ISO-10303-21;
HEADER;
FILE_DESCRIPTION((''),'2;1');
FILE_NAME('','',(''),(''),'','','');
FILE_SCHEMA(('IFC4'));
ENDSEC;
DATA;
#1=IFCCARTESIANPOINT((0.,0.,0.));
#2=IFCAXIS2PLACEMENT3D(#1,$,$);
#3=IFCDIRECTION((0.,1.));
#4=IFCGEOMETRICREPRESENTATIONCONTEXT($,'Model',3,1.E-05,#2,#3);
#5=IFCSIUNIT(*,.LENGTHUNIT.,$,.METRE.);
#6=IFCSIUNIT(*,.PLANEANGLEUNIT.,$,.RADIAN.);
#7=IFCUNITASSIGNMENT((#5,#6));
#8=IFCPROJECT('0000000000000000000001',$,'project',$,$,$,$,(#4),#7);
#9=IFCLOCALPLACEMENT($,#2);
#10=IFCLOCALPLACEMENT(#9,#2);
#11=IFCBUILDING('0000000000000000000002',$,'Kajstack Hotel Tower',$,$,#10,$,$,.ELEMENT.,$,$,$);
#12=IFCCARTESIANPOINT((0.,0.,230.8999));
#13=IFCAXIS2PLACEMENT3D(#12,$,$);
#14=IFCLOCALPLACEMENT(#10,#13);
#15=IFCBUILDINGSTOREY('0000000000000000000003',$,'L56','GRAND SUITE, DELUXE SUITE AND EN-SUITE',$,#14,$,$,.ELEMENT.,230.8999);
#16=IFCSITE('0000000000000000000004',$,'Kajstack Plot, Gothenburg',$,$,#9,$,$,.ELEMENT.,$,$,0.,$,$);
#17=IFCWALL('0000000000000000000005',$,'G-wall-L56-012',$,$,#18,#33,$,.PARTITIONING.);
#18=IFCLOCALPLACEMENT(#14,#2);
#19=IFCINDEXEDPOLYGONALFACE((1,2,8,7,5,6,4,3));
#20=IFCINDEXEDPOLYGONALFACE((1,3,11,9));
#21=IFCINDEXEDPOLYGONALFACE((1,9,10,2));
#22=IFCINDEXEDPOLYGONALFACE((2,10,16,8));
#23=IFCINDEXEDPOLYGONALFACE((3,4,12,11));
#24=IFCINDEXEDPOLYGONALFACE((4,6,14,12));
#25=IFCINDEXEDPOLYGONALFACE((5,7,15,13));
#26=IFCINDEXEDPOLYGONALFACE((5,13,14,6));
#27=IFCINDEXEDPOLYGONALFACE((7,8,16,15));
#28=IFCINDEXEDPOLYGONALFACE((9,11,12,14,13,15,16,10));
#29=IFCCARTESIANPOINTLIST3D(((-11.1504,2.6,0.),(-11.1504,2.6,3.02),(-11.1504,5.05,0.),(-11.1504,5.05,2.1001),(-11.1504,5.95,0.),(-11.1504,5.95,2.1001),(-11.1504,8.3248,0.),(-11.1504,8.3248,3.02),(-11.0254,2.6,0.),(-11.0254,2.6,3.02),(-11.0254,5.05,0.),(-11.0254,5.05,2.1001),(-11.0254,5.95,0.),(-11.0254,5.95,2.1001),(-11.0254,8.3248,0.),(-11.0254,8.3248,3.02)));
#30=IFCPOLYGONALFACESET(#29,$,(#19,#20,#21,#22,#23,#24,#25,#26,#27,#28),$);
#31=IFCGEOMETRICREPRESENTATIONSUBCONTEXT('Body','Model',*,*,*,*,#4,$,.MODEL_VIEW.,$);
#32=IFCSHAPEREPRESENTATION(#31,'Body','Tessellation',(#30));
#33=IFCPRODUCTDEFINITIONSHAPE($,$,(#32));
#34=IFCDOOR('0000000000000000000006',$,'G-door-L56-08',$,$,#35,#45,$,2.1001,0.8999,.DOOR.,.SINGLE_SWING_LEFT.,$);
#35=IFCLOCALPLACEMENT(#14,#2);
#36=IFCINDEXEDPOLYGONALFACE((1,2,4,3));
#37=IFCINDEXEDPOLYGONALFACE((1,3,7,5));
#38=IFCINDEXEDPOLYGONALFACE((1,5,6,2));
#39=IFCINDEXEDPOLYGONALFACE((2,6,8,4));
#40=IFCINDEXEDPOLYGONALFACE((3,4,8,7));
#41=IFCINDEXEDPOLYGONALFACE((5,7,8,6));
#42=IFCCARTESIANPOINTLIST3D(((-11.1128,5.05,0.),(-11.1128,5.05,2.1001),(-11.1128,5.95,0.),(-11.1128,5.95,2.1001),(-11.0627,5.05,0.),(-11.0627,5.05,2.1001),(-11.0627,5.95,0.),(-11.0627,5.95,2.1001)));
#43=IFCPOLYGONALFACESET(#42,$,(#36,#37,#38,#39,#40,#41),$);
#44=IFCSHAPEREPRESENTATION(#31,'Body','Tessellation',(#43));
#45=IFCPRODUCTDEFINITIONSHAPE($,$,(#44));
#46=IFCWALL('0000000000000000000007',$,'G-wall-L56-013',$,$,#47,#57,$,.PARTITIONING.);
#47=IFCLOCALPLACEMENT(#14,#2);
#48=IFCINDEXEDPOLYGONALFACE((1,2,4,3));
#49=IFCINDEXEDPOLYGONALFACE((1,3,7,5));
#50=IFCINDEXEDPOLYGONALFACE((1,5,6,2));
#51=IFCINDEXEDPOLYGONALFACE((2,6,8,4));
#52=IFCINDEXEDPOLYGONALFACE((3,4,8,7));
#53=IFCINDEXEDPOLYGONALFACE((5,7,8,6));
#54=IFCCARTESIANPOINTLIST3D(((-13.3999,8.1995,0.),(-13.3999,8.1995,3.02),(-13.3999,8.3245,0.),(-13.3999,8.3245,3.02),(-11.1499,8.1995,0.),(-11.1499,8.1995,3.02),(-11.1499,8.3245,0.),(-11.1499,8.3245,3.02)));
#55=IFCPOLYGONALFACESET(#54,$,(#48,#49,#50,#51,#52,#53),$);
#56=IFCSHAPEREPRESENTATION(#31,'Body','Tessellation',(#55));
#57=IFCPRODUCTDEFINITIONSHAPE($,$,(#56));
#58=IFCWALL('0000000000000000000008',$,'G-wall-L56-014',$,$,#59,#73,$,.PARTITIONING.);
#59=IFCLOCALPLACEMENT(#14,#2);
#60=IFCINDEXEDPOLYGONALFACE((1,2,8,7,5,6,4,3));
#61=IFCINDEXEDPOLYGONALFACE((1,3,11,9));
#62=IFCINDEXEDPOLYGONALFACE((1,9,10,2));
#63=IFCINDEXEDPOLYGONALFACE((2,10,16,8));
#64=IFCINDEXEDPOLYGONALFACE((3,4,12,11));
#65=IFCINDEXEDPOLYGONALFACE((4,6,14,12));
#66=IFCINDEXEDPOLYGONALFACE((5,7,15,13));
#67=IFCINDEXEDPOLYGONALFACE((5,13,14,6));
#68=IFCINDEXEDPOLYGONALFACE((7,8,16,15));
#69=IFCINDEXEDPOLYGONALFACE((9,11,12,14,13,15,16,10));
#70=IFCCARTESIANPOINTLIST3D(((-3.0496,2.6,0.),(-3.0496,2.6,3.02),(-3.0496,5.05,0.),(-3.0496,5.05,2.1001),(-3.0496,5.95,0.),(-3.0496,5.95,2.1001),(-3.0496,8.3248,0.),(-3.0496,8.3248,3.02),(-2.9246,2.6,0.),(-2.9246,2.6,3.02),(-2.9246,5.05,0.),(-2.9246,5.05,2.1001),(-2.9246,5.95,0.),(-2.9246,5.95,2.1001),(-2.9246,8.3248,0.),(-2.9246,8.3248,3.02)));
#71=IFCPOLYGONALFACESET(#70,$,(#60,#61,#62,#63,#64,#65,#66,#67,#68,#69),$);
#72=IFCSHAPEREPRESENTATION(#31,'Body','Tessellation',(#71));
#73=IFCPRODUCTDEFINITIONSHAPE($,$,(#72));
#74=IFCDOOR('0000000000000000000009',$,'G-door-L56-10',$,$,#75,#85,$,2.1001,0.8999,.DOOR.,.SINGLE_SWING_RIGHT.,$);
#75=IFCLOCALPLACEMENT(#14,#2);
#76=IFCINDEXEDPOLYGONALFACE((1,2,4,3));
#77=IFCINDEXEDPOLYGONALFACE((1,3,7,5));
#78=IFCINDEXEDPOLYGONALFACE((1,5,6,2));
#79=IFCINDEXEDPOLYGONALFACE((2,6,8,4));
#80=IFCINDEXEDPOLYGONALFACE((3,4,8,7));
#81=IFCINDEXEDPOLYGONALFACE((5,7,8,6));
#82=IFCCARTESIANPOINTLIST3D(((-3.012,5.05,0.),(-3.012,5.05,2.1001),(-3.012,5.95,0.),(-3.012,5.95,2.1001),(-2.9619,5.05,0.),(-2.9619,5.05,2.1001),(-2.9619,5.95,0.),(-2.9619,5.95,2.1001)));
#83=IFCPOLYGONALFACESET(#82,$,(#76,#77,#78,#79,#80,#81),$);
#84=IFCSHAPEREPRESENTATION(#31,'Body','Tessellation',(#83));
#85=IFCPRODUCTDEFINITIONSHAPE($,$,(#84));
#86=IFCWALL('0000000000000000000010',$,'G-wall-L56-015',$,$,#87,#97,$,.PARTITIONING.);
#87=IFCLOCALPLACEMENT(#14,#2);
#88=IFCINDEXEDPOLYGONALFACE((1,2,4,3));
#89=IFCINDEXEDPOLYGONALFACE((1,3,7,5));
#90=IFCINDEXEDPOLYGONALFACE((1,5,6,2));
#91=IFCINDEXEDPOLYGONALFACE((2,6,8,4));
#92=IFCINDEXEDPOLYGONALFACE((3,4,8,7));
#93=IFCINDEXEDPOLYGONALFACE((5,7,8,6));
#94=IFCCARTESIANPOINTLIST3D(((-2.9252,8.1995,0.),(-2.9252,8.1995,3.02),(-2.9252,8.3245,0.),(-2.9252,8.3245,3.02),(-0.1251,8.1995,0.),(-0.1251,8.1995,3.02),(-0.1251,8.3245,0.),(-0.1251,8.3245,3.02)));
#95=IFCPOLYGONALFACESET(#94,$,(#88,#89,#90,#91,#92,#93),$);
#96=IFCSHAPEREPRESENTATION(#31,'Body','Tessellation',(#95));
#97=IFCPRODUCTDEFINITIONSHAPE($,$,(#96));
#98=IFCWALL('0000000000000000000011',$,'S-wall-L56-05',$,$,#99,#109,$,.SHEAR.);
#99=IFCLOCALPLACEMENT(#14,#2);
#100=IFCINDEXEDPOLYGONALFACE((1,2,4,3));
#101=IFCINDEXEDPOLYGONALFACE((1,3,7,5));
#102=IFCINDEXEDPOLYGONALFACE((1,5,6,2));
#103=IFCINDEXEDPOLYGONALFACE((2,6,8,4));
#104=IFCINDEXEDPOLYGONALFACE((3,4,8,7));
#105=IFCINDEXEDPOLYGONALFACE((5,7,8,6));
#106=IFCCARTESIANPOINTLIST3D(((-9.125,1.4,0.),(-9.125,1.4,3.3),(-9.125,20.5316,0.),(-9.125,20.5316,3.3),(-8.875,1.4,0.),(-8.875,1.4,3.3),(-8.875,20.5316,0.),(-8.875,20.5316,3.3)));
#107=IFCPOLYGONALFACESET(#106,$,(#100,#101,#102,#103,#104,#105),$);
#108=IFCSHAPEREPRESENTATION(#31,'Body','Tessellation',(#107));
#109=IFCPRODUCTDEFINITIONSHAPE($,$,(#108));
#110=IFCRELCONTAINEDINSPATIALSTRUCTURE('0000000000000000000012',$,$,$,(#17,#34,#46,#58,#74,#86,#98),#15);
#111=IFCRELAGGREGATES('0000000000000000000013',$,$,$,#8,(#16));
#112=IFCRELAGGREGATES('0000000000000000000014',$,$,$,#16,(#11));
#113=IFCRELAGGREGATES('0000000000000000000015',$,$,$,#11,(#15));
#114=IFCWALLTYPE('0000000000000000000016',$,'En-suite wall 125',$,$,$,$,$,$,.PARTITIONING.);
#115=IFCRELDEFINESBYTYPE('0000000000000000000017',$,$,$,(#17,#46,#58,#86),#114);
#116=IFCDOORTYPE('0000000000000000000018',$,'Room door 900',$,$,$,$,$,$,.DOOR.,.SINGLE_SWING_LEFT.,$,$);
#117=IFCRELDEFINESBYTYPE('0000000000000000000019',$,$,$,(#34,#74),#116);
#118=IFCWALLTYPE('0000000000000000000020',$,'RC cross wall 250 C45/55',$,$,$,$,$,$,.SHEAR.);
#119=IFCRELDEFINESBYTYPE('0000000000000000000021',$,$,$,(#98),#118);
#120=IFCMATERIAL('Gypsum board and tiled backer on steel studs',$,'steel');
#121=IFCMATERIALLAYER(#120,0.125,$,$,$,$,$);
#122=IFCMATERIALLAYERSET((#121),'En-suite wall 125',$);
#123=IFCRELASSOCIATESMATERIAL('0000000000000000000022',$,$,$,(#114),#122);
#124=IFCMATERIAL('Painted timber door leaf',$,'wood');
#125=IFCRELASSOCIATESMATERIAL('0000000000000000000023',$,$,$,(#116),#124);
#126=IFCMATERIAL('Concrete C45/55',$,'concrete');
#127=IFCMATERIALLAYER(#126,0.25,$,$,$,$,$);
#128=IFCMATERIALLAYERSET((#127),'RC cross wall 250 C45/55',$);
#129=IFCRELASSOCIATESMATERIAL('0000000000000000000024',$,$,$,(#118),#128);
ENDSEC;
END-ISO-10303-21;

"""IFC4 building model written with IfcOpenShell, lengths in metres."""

from ifc_helpers import new_model, si_unit, direction, frame, frame_2d, origin, place, context, subcontext, project, spatial, rectangle, extrude, material, layer, layer_set, type_object, element, fill, save


model = new_model("IFC4")

# Units and contexts
model_context = context("Model", 3, precision=1e-05, world=origin(), true_north=direction((0.0, 1.0)))
body_context = subcontext(model_context, "Body", "Model", "MODEL_VIEW")
ifc_project = project(units=[si_unit("LENGTHUNIT", "METRE"), si_unit("PLANEANGLEUNIT", "RADIAN")], contexts=[model_context])

# Site, building, storey
site_placement = place(None, origin())
site = spatial("IfcSite", under=ifc_project, at=site_placement, Name="Kajstack Plot, Gothenburg", CompositionType="ELEMENT", RefElevation=0.0)
building_placement = place(site_placement, origin())
building = spatial("IfcBuilding", under=site, at=building_placement, Name="Kajstack Hotel Tower", CompositionType="ELEMENT")
storey_placement = place(building_placement, frame((0.0, 0.0, 230.8999)))
storey = spatial("IfcBuildingStorey", under=building, at=storey_placement, Name="L56", Description="GRAND SUITE, DELUXE SUITE AND EN-SUITE", CompositionType="ELEMENT", Elevation=230.8999)

# Shared definitions
ifc_material_1 = material(Name="Gypsum board and tiled backer on steel studs", Category="steel")
ifc_layer_1 = layer(ifc_material_1, 0.125)
ifc_layer_set_1 = layer_set([ifc_layer_1], Name="En-suite wall 125")
wall_type_1 = type_object("IfcWallType", Name="En-suite wall 125", PredefinedType="PARTITIONING", material=ifc_layer_set_1)
ifc_material_2 = material(Name="Painted timber door leaf", Category="wood")
door_type_1 = type_object("IfcDoorType", Name="Room door 900", OperationType="SINGLE_SWING_LEFT", PredefinedType="DOOR", material=ifc_material_2)

# Wall, opening, door
wall_1_placement = place(storey_placement, frame((-11.0879, 2.6001, 0.0), z_axis=(0.0, 0.0, 1.0), x_axis=(0.0, 1.0, 0.0)))
wall_1 = element("IfcWall", 1, at=wall_1_placement, inside=storey, type_object=wall_type_1, Name="G-wall-L56-012", PredefinedType="PARTITIONING", context=body_context, shape_type="SweptSolid", body=[
    extrude(rectangle(XDim=5.7249, YDim=0.125, at=frame_2d((2.8623, 0.0))), origin(), (0.0, 0.0, 1.0), 3.02),
])
opening_1_placement = place(wall_1_placement, frame((2.45, 0.0, 0.0)))
opening_1 = element("IfcOpeningElement", 2, at=opening_1_placement, cuts=wall_1, PredefinedType="OPENING", context=body_context, shape_type="SweptSolid", body=[
    extrude(rectangle(XDim=0.8999, YDim=2.1001, at=frame_2d((0.45, 1.05))), frame((0.0, 0.0725, 0.0), z_axis=(0.0, -1.0, 0.0), x_axis=(1.0, 0.0, 0.0)), (0.0, 0.0, 1.0), 0.145),
])
door_1_placement = place(opening_1_placement, origin())
door_1 = element("IfcDoor", 3, at=door_1_placement, inside=storey, type_object=door_type_1, Name="G-door-L56-08", OperationType="SINGLE_SWING_LEFT", OverallHeight=2.1001, OverallWidth=0.8999, PredefinedType="DOOR", context=body_context, shape_type="SweptSolid", body=[
    extrude(rectangle(XDim=0.8999, YDim=2.1001, at=frame_2d((0.45, 1.05))), frame((0.0, 0.0249, 0.0), z_axis=(0.0, -1.0, 0.0), x_axis=(1.0, 0.0, 0.0)), (0.0, 0.0, 1.0), 0.05),
])
fill(opening_1, door_1)

# Wall
wall_2_placement = place(storey_placement, frame((-13.3999, 8.262, 0.0), z_axis=(0.0, 0.0, 1.0), x_axis=(1.0, 0.0, 0.0)))
element("IfcWall", 4, at=wall_2_placement, inside=storey, type_object=wall_type_1, Name="G-wall-L56-013", PredefinedType="PARTITIONING", context=body_context, shape_type="SweptSolid", body=[
    extrude(rectangle(XDim=2.25, YDim=0.125, at=frame_2d((1.125, 0.0))), origin(), (0.0, 0.0, 1.0), 3.02),
])

# Wall, opening, door
wall_3_placement = place(storey_placement, frame((-2.9871, 2.6001, 0.0), z_axis=(0.0, 0.0, 1.0), x_axis=(0.0, 1.0, 0.0)))
wall_3 = element("IfcWall", 5, at=wall_3_placement, inside=storey, type_object=wall_type_1, Name="G-wall-L56-014", PredefinedType="PARTITIONING", context=body_context, shape_type="SweptSolid", body=[
    extrude(rectangle(XDim=5.7249, YDim=0.125, at=frame_2d((2.8623, 0.0))), origin(), (0.0, 0.0, 1.0), 3.02),
])
opening_2_placement = place(wall_3_placement, frame((2.45, 0.0, 0.0)))
opening_2 = element("IfcOpeningElement", 6, at=opening_2_placement, cuts=wall_3, PredefinedType="OPENING", context=body_context, shape_type="SweptSolid", body=[
    extrude(rectangle(XDim=0.8999, YDim=2.1001, at=frame_2d((0.45, 1.05))), frame((0.0, 0.0725, 0.0), z_axis=(0.0, -1.0, 0.0), x_axis=(1.0, 0.0, 0.0)), (0.0, 0.0, 1.0), 0.145),
])
door_2_placement = place(opening_2_placement, origin())
door_2 = element("IfcDoor", 7, at=door_2_placement, inside=storey, type_object=door_type_1, Name="G-door-L56-10", OperationType="SINGLE_SWING_RIGHT", OverallHeight=2.1001, OverallWidth=0.8999, PredefinedType="DOOR", context=body_context, shape_type="SweptSolid", body=[
    extrude(rectangle(XDim=0.8999, YDim=2.1001, at=frame_2d((0.45, 1.05))), frame((0.0, 0.0249, 0.0), z_axis=(0.0, -1.0, 0.0), x_axis=(1.0, 0.0, 0.0)), (0.0, 0.0, 1.0), 0.05),
])
fill(opening_2, door_2)

# Walls
wall_4_placement = place(storey_placement, frame((-2.925, 8.262, 0.0), z_axis=(0.0, 0.0, 1.0), x_axis=(1.0, 0.0, 0.0)))
element("IfcWall", 8, at=wall_4_placement, inside=storey, type_object=wall_type_1, Name="G-wall-L56-015", PredefinedType="PARTITIONING", context=body_context, shape_type="SweptSolid", body=[
    extrude(rectangle(XDim=2.8, YDim=0.125, at=frame_2d((1.3999, 0.0))), origin(), (0.0, 0.0, 1.0), 3.02),
])
ifc_material_3 = material(Name="Concrete C45/55", Category="concrete")
ifc_layer_2 = layer(ifc_material_3, 0.25)
ifc_layer_set_2 = layer_set([ifc_layer_2], Name="RC cross wall 250 C45/55")
wall_type_2 = type_object("IfcWallType", Name="RC cross wall 250 C45/55", PredefinedType="SHEAR", material=ifc_layer_set_2)
wall_5_placement = place(storey_placement, frame((-9.0, 1.3999, 0.0), z_axis=(0.0, 0.0, 1.0), x_axis=(0.0, 1.0, 0.0)))
element("IfcWall", 9, at=wall_5_placement, inside=storey, type_object=wall_type_2, Name="S-wall-L56-05", PredefinedType="SHEAR", context=body_context, shape_type="SweptSolid", body=[
    extrude(rectangle(XDim=19.1316, YDim=0.25, at=frame_2d((9.5659, 0.0))), origin(), (0.0, 0.0, 1.0), 3.3),
])

save(model, "model.ifc")
